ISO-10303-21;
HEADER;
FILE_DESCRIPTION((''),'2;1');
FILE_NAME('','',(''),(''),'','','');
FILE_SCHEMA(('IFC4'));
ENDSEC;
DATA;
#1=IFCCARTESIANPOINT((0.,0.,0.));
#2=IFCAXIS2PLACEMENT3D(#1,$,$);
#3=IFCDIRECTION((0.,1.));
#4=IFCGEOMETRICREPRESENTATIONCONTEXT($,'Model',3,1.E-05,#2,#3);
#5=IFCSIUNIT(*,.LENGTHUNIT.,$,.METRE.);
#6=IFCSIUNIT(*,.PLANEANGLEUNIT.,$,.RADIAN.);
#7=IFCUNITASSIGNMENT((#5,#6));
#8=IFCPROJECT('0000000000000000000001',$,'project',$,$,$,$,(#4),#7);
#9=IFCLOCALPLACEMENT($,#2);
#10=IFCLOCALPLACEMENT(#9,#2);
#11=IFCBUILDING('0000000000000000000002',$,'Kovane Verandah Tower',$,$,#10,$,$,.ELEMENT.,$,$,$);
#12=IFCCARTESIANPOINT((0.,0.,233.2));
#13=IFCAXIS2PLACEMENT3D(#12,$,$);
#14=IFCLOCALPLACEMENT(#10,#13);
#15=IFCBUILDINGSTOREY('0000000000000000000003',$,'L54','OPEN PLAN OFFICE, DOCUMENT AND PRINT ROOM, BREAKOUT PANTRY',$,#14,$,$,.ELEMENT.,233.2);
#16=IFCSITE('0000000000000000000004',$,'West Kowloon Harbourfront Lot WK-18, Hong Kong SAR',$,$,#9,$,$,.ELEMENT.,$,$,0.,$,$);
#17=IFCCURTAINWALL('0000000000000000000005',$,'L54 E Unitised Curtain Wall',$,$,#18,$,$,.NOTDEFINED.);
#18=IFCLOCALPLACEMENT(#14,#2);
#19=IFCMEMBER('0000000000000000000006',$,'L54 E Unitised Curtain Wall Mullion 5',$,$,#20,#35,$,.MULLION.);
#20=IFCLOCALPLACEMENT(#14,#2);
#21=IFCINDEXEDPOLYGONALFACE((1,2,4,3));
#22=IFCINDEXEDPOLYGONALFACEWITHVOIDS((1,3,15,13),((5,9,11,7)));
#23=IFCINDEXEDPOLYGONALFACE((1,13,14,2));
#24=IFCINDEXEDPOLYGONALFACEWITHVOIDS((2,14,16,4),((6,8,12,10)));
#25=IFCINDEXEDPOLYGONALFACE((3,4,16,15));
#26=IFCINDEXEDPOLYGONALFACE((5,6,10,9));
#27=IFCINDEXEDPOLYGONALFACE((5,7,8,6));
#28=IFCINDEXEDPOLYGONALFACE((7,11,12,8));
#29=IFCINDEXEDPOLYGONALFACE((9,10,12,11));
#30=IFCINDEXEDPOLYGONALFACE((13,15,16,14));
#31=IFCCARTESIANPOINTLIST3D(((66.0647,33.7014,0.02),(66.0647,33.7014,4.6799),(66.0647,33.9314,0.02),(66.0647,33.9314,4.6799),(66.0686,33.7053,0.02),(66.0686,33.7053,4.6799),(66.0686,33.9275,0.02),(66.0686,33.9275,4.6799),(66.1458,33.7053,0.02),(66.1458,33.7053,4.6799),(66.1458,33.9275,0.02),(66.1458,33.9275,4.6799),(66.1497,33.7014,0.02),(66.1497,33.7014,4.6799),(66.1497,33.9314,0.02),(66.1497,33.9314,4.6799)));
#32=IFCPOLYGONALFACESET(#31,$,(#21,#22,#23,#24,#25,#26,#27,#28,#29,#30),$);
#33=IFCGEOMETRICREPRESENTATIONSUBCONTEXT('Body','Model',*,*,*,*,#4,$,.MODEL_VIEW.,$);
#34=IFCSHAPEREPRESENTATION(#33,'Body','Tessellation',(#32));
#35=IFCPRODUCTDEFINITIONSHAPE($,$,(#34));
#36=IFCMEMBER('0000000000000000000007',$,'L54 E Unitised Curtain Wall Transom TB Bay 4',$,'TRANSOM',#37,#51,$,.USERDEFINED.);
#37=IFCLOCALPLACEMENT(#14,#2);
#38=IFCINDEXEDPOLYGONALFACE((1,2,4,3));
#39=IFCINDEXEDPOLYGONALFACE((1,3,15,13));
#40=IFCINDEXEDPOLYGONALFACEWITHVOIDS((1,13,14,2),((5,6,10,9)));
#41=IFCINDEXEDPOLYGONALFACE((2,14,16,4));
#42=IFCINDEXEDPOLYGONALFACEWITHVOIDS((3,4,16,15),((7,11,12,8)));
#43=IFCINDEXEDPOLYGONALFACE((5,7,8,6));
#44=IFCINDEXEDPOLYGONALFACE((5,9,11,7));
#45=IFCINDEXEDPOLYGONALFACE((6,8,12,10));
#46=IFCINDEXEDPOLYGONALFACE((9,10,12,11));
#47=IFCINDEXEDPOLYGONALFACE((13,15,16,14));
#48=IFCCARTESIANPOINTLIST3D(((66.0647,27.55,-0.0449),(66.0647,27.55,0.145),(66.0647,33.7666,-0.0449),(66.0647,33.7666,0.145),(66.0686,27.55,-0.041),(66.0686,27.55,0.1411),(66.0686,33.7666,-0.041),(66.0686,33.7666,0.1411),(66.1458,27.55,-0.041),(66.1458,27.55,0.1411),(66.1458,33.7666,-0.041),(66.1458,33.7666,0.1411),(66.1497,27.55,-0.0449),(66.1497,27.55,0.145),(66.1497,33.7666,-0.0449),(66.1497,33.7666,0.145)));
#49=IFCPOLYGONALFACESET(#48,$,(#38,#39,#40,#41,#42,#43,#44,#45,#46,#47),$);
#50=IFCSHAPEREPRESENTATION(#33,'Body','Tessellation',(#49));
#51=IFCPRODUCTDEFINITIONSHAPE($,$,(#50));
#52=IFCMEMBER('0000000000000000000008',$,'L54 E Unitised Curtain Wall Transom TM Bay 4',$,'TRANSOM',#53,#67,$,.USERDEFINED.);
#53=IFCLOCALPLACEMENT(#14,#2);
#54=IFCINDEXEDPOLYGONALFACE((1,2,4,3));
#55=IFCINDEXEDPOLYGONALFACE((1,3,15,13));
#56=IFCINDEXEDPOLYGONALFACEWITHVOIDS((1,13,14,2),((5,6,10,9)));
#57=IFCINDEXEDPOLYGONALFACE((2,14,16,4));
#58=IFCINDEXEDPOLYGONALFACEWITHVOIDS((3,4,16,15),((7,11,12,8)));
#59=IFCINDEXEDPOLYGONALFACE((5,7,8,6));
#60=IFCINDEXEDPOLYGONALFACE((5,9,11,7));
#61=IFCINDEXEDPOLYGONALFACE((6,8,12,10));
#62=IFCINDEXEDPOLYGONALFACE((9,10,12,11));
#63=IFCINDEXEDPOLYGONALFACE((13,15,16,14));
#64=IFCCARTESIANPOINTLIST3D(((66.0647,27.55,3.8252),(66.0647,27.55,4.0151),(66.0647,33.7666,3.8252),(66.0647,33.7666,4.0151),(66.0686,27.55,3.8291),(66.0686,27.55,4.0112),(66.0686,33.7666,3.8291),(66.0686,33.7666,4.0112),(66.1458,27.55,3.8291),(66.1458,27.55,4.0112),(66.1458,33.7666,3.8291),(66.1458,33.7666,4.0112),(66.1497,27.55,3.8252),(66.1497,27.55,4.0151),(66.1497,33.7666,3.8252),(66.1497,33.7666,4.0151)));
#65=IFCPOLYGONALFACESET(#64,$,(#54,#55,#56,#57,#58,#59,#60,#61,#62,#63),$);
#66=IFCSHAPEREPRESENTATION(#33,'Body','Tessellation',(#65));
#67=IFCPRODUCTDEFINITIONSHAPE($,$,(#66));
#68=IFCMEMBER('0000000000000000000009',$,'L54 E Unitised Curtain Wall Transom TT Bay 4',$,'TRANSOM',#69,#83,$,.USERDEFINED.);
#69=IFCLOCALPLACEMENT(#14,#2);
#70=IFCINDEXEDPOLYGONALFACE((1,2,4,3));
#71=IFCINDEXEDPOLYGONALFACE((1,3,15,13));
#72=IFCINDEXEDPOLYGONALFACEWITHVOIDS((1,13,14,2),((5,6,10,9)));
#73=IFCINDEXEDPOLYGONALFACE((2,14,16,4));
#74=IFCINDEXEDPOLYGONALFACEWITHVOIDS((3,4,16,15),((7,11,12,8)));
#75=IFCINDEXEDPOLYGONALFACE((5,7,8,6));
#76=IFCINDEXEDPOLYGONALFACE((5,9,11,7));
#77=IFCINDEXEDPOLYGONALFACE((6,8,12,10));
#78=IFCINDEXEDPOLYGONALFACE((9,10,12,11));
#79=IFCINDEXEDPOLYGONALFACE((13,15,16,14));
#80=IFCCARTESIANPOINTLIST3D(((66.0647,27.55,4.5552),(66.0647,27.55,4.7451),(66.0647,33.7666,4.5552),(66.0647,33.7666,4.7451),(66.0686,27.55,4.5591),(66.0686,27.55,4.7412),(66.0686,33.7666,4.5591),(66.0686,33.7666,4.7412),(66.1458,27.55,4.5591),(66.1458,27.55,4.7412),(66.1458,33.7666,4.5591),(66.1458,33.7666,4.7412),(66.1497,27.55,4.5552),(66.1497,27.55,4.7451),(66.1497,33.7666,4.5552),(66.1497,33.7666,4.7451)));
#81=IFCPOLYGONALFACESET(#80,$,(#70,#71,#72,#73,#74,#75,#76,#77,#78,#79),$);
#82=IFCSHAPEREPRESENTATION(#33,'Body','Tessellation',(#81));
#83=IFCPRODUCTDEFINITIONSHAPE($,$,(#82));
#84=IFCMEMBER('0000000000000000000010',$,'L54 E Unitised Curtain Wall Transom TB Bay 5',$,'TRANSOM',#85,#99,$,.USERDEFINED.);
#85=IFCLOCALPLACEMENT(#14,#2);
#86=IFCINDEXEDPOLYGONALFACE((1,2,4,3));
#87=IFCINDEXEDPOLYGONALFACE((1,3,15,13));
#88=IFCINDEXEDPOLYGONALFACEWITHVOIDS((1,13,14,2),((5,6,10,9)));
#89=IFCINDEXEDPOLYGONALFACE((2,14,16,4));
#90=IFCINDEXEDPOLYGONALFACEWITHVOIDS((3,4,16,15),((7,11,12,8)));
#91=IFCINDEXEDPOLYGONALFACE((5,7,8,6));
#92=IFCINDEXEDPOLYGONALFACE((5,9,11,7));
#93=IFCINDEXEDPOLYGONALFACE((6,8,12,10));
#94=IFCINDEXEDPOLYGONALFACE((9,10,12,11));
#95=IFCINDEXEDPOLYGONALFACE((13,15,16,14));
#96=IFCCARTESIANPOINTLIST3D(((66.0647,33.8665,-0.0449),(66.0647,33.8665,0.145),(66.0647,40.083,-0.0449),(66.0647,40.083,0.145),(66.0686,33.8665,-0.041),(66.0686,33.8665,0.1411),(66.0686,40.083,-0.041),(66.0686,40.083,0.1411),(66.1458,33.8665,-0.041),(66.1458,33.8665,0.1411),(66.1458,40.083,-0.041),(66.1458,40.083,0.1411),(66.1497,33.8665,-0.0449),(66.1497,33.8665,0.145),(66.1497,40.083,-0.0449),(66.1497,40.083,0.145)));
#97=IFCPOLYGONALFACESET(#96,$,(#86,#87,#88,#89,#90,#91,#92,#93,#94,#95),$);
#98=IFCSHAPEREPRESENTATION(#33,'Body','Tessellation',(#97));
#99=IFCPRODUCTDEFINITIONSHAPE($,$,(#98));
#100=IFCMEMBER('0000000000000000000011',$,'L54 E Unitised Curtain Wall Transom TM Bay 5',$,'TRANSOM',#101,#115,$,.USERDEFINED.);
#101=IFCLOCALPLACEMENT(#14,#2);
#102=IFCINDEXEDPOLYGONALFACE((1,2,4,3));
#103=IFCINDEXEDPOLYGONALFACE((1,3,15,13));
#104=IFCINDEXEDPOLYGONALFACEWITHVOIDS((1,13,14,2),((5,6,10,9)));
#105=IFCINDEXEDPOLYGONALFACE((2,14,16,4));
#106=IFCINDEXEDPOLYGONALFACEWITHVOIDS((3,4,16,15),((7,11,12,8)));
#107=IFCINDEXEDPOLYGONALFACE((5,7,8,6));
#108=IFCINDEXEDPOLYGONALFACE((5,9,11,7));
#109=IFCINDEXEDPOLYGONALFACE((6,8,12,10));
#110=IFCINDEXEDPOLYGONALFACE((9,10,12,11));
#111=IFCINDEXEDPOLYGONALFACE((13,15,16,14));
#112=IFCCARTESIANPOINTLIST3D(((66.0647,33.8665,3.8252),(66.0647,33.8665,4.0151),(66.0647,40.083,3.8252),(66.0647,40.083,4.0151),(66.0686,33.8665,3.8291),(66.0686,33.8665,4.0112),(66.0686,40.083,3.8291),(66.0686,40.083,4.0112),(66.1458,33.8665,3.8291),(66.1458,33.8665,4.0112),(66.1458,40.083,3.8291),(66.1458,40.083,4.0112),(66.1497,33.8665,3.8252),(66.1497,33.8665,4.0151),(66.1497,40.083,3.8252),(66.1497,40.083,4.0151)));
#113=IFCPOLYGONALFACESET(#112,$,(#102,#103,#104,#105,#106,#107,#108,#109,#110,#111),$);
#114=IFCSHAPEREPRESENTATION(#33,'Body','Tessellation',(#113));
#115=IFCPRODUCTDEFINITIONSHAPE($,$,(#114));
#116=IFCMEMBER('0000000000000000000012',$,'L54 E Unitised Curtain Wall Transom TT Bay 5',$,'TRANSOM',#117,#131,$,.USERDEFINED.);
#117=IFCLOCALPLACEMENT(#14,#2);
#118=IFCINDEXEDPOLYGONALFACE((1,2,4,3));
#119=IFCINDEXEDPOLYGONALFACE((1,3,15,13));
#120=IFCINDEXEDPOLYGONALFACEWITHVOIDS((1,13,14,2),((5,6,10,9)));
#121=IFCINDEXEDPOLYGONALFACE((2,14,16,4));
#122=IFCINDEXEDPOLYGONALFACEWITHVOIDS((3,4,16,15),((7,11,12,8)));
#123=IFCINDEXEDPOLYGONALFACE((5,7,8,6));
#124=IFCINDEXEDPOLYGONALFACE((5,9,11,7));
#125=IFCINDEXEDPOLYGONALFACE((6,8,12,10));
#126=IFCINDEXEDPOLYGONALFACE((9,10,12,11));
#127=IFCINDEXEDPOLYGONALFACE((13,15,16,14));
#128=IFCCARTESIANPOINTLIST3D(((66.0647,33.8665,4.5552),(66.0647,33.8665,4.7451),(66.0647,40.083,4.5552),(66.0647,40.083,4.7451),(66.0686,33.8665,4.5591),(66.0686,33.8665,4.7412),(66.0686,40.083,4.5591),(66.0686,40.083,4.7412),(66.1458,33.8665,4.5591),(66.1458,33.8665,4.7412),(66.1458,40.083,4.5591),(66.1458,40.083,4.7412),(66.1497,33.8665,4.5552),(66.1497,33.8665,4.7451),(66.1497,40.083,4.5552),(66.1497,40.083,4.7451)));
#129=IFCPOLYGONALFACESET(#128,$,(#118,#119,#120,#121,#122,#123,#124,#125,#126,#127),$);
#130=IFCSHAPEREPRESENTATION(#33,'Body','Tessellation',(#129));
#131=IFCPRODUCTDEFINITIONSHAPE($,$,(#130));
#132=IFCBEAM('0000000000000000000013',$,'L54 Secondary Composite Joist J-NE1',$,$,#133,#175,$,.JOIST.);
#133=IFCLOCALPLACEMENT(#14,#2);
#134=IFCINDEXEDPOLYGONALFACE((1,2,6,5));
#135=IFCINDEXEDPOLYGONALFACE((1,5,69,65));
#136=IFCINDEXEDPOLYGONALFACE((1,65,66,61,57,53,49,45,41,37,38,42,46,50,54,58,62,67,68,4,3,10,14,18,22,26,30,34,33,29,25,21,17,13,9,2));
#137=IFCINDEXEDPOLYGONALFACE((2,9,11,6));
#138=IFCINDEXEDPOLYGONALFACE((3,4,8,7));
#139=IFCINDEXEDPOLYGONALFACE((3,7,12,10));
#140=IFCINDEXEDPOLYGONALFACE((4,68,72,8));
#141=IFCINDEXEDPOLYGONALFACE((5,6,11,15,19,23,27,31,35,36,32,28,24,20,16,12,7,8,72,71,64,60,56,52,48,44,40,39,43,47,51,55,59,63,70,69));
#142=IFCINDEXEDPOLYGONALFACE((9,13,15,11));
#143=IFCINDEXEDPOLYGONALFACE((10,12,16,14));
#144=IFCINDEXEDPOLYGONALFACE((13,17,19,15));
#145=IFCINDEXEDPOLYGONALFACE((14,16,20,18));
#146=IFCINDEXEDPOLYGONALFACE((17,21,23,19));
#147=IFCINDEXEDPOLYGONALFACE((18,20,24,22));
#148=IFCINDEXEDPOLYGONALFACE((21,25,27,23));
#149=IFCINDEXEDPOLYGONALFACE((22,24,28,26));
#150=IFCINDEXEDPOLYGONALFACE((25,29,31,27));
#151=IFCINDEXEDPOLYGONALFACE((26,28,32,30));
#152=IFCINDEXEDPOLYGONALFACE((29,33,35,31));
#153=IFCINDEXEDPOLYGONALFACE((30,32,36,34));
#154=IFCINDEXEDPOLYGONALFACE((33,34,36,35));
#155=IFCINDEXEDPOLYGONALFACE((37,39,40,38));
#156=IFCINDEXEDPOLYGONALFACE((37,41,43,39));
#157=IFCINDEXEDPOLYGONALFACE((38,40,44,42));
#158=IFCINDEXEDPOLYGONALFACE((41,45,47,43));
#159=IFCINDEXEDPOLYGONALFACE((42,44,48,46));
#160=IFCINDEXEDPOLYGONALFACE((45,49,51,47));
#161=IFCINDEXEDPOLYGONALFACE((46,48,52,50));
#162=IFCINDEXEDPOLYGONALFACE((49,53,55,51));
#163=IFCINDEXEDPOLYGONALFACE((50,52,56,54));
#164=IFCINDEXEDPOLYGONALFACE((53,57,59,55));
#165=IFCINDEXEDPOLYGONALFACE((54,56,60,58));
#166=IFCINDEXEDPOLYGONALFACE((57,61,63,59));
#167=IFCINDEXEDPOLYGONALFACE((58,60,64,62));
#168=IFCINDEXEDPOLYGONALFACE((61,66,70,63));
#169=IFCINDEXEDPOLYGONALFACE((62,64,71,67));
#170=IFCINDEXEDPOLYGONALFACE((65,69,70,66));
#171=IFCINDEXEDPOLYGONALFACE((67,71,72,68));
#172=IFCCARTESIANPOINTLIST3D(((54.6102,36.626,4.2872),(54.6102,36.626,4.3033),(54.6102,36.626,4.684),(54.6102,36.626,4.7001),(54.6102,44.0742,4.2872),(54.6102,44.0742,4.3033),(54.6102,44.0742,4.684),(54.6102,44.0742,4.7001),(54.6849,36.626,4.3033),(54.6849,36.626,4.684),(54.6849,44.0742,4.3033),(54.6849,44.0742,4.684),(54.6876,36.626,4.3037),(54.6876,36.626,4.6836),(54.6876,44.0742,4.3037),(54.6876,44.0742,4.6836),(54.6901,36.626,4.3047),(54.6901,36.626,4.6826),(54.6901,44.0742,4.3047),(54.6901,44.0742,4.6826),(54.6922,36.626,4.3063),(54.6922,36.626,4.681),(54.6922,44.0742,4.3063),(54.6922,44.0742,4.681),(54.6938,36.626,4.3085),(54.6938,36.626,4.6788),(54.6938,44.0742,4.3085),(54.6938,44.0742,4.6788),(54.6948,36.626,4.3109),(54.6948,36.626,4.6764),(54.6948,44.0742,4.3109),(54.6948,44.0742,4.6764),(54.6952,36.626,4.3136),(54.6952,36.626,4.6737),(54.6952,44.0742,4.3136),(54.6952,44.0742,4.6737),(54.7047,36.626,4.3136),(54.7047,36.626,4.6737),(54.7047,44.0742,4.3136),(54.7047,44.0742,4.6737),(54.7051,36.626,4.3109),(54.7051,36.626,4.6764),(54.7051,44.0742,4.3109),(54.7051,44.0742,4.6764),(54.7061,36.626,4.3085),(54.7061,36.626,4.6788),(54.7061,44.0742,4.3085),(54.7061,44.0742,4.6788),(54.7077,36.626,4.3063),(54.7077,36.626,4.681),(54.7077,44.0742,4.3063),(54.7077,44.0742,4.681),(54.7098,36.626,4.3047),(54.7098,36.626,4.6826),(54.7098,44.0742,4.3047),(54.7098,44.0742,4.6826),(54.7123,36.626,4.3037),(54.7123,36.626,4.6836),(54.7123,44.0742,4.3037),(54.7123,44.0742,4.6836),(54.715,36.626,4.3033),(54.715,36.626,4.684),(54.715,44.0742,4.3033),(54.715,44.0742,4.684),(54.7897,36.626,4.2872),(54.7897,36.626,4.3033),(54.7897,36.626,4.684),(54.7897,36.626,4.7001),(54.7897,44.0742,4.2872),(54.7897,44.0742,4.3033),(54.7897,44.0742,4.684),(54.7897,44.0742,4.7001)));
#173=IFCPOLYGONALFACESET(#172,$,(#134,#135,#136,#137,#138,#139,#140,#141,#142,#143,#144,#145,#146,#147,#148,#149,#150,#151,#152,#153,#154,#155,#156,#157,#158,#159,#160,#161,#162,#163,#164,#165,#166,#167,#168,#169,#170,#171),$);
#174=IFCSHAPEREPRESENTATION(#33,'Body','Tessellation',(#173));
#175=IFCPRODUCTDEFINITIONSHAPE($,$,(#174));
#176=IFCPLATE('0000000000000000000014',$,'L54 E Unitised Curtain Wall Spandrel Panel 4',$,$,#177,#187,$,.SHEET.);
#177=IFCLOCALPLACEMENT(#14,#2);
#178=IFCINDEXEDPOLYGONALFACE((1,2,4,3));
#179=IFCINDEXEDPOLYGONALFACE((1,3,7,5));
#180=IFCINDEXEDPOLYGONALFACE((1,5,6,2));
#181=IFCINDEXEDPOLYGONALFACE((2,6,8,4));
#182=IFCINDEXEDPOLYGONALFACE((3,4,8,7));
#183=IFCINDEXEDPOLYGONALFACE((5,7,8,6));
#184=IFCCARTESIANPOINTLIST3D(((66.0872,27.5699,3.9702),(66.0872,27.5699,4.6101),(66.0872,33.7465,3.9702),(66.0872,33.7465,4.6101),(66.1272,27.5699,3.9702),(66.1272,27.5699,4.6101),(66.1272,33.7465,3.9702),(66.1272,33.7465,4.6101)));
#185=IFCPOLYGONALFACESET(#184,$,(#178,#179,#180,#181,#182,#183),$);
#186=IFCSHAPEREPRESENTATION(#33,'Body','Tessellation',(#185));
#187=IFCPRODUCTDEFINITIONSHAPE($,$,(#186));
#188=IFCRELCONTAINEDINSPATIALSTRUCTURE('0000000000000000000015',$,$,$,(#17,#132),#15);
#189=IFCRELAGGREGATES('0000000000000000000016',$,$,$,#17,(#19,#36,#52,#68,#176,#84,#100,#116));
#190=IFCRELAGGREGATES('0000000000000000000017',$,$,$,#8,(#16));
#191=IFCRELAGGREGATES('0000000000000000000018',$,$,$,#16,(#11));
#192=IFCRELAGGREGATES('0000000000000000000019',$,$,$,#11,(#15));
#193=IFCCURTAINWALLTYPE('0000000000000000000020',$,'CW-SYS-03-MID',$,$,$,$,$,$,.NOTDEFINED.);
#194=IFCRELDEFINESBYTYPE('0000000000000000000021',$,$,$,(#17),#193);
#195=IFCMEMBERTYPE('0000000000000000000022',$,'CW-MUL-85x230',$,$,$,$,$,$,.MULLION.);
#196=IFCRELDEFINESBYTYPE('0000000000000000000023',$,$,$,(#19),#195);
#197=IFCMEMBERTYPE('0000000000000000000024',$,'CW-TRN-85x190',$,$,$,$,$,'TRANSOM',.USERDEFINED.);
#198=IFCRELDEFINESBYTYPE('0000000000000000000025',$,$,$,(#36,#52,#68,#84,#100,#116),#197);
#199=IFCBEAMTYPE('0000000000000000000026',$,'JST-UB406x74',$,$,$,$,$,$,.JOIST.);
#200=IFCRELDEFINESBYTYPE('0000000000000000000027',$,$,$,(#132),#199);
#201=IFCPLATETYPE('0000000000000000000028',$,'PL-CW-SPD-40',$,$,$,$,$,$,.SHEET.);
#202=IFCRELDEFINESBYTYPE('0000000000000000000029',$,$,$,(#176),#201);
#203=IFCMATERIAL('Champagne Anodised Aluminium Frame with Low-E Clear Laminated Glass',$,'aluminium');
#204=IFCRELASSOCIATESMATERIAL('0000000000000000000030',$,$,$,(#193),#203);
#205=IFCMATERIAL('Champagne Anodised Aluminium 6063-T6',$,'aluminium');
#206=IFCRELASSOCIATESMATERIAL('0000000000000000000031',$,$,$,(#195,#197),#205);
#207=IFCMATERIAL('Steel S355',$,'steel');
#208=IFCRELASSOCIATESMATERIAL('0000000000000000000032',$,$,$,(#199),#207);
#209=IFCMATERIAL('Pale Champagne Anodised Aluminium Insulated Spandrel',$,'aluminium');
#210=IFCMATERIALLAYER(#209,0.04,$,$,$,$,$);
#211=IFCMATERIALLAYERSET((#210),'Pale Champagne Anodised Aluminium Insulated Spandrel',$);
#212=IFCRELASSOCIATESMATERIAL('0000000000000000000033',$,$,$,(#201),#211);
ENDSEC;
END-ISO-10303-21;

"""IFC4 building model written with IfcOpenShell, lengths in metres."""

from ifc_helpers import new_model, si_unit, direction, frame, origin, origin_2d, place, context, subcontext, project, spatial, rectangle, hollow_rectangle, i_section, extrude, material, layer, layer_set, material_profile, profile_set, type_object, element, aggregate, save


model = new_model("IFC4")

# Units and contexts
model_context = context("Model", 3, precision=1e-05, world=origin(), true_north=direction((0.0, 1.0)))
body_context = subcontext(model_context, "Body", "Model", "MODEL_VIEW")
ifc_project = project(units=[si_unit("LENGTHUNIT", "METRE"), si_unit("PLANEANGLEUNIT", "RADIAN")], contexts=[model_context])

# Site, building, storey
site_placement = place(None, origin())
site = spatial("IfcSite", under=ifc_project, at=site_placement, Name="West Kowloon Harbourfront Lot WK-18, Hong Kong SAR", CompositionType="ELEMENT", RefElevation=0.0)
building_placement = place(site_placement, origin())
building = spatial("IfcBuilding", under=site, at=building_placement, Name="Kovane Verandah Tower", CompositionType="ELEMENT")
storey_placement = place(building_placement, frame((0.0, 0.0, 233.2)))
storey = spatial("IfcBuildingStorey", under=building, at=storey_placement, Name="L54", Description="OPEN PLAN OFFICE, DOCUMENT AND PRINT ROOM, BREAKOUT PANTRY", CompositionType="ELEMENT", Elevation=233.2)

# Shared definitions
ifc_material_1 = material(Name="Steel S355", Category="steel")

# Curtain wall, members
ifc_material_2 = material(Name="Champagne Anodised Aluminium Frame with Low-E Clear Laminated Glass", Category="aluminium")
curtain_wall_type = type_object("IfcCurtainWallType", Name="CW-SYS-03-MID", PredefinedType="NOTDEFINED", material=ifc_material_2)
curtain_wall_placement = place(storey_placement, origin())
curtain_wall = element("IfcCurtainWall", 1, at=curtain_wall_placement, inside=storey, type_object=curtain_wall_type, Name="L54 E Unitised Curtain Wall", PredefinedType="NOTDEFINED")
ifc_material_3 = material(Name="Champagne Anodised Aluminium 6063-T6", Category="aluminium")
ifc_material_profile_1 = material_profile(ifc_material_3, hollow_rectangle(XDim=0.085, YDim=0.23, WallThickness=0.0039, at=origin_2d()), Name="AL85x230x4")
ifc_profile_set_1 = profile_set([ifc_material_profile_1], Name="Champagne Anodised Aluminium 6063-T6")
member_type_1 = type_object("IfcMemberType", Name="CW-MUL-85x230", PredefinedType="MULLION", material=ifc_profile_set_1)
member_1_placement = place(storey_placement, frame((66.1072, 33.8164, 0.02), z_axis=(0.0, 0.0, 1.0), x_axis=(1.0, 0.0, 0.0)))
member_1 = element("IfcMember", 2, at=member_1_placement, type_object=member_type_1, Name="L54 E Unitised Curtain Wall Mullion 5", PredefinedType="MULLION", context=body_context, shape_type="SweptSolid", body=[
    extrude(hollow_rectangle(XDim=0.085, YDim=0.23, WallThickness=0.0039, at=origin_2d()), origin(), (0.0, 0.0, 1.0), 4.6599),
])
ifc_material_profile_2 = material_profile(ifc_material_3, hollow_rectangle(XDim=0.085, YDim=0.1899, WallThickness=0.0039, at=origin_2d()), Name="AL85x190x4")
ifc_profile_set_2 = profile_set([ifc_material_profile_2], Name="Champagne Anodised Aluminium 6063-T6")
member_type_2 = type_object("IfcMemberType", Name="CW-TRN-85x190", ElementType="TRANSOM", PredefinedType="USERDEFINED", material=ifc_profile_set_2)
member_2_placement = place(storey_placement, frame((66.1072, 27.55, 0.05), z_axis=(0.0, 1.0, 0.0), x_axis=(-1.0, 0.0, 0.0)))
member_2 = element("IfcMember", 3, at=member_2_placement, type_object=member_type_2, Name="L54 E Unitised Curtain Wall Transom TB Bay 4", ObjectType="TRANSOM", PredefinedType="USERDEFINED", context=body_context, shape_type="SweptSolid", body=[
    extrude(hollow_rectangle(XDim=0.085, YDim=0.1899, WallThickness=0.0039, at=origin_2d()), origin(), (0.0, 0.0, 1.0), 6.2166),
])
member_3_placement = place(storey_placement, frame((66.1072, 27.55, 3.9202), z_axis=(0.0, 1.0, 0.0), x_axis=(-1.0, 0.0, 0.0)))
member_3 = element("IfcMember", 4, at=member_3_placement, type_object=member_type_2, Name="L54 E Unitised Curtain Wall Transom TM Bay 4", ObjectType="TRANSOM", PredefinedType="USERDEFINED", context=body_context, shape_type="SweptSolid", body=[
    extrude(hollow_rectangle(XDim=0.085, YDim=0.1899, WallThickness=0.0039, at=origin_2d()), origin(), (0.0, 0.0, 1.0), 6.2166),
])
member_4_placement = place(storey_placement, frame((66.1072, 27.55, 4.6501), z_axis=(0.0, 1.0, 0.0), x_axis=(-1.0, 0.0, 0.0)))
member_4 = element("IfcMember", 5, at=member_4_placement, type_object=member_type_2, Name="L54 E Unitised Curtain Wall Transom TT Bay 4", ObjectType="TRANSOM", PredefinedType="USERDEFINED", context=body_context, shape_type="SweptSolid", body=[
    extrude(hollow_rectangle(XDim=0.085, YDim=0.1899, WallThickness=0.0039, at=origin_2d()), origin(), (0.0, 0.0, 1.0), 6.2166),
])
member_5_placement = place(storey_placement, frame((66.1072, 33.8665, 0.05), z_axis=(0.0, 1.0, 0.0), x_axis=(-1.0, 0.0, 0.0)))
member_5 = element("IfcMember", 6, at=member_5_placement, type_object=member_type_2, Name="L54 E Unitised Curtain Wall Transom TB Bay 5", ObjectType="TRANSOM", PredefinedType="USERDEFINED", context=body_context, shape_type="SweptSolid", body=[
    extrude(hollow_rectangle(XDim=0.085, YDim=0.1899, WallThickness=0.0039, at=origin_2d()), origin(), (0.0, 0.0, 1.0), 6.2166),
])
member_6_placement = place(storey_placement, frame((66.1072, 33.8665, 3.9202), z_axis=(0.0, 1.0, 0.0), x_axis=(-1.0, 0.0, 0.0)))
member_6 = element("IfcMember", 7, at=member_6_placement, type_object=member_type_2, Name="L54 E Unitised Curtain Wall Transom TM Bay 5", ObjectType="TRANSOM", PredefinedType="USERDEFINED", context=body_context, shape_type="SweptSolid", body=[
    extrude(hollow_rectangle(XDim=0.085, YDim=0.1899, WallThickness=0.0039, at=origin_2d()), origin(), (0.0, 0.0, 1.0), 6.2166),
])
member_7_placement = place(storey_placement, frame((66.1072, 33.8665, 4.6501), z_axis=(0.0, 1.0, 0.0), x_axis=(-1.0, 0.0, 0.0)))
member_7 = element("IfcMember", 8, at=member_7_placement, type_object=member_type_2, Name="L54 E Unitised Curtain Wall Transom TT Bay 5", ObjectType="TRANSOM", PredefinedType="USERDEFINED", context=body_context, shape_type="SweptSolid", body=[
    extrude(hollow_rectangle(XDim=0.085, YDim=0.1899, WallThickness=0.0039, at=origin_2d()), origin(), (0.0, 0.0, 1.0), 6.2166),
])

# Beam
ifc_material_profile_3 = material_profile(ifc_material_1, i_section(OverallWidth=0.1794, OverallDepth=0.4128, WebThickness=0.0095, FlangeThickness=0.0161, FilletRadius=0.0103, at=origin_2d()), Name="UB406x178x74")
ifc_profile_set_3 = profile_set([ifc_material_profile_3], Name="Steel S355")
beam_type_1 = type_object("IfcBeamType", Name="JST-UB406x74", PredefinedType="JOIST", material=ifc_profile_set_3)
beam_1_placement = place(storey_placement, frame((54.7, 36.626, 4.4937), z_axis=(0.0, 1.0, 0.0), x_axis=(-1.0, 0.0, 0.0)))
element("IfcBeam", 9, at=beam_1_placement, inside=storey, type_object=beam_type_1, Name="L54 Secondary Composite Joist J-NE1", PredefinedType="JOIST", context=body_context, shape_type="SweptSolid", body=[
    extrude(i_section(OverallWidth=0.1794, OverallDepth=0.4128, WebThickness=0.0095, FlangeThickness=0.0161, FilletRadius=0.0103, at=origin_2d()), origin(), (0.0, 0.0, 1.0), 7.4482),
])

# Plate
ifc_material_4 = material(Name="Pale Champagne Anodised Aluminium Insulated Spandrel", Category="aluminium")
ifc_layer_1 = layer(ifc_material_4, 0.04)
ifc_layer_set_1 = layer_set([ifc_layer_1], Name="Pale Champagne Anodised Aluminium Insulated Spandrel")
plate_type_1 = type_object("IfcPlateType", Name="PL-CW-SPD-40", PredefinedType="SHEET", material=ifc_layer_set_1)
plate_1_placement = place(storey_placement, frame((66.1072, 30.6582, 3.9702), z_axis=(0.0, 0.0, 1.0), x_axis=(0.0, 1.0, 0.0)))
plate_1 = element("IfcPlate", 10, at=plate_1_placement, type_object=plate_type_1, Name="L54 E Unitised Curtain Wall Spandrel Panel 4", PredefinedType="SHEET", context=body_context, shape_type="SweptSolid", body=[
    extrude(rectangle(XDim=6.1765, YDim=0.04, at=origin_2d()), origin(), (0.0, 0.0, 1.0), 0.6399),
])
aggregate(curtain_wall, [member_1, member_2, member_3, member_4, plate_1, member_5, member_6, member_7])

save(model, "model.ifc")
